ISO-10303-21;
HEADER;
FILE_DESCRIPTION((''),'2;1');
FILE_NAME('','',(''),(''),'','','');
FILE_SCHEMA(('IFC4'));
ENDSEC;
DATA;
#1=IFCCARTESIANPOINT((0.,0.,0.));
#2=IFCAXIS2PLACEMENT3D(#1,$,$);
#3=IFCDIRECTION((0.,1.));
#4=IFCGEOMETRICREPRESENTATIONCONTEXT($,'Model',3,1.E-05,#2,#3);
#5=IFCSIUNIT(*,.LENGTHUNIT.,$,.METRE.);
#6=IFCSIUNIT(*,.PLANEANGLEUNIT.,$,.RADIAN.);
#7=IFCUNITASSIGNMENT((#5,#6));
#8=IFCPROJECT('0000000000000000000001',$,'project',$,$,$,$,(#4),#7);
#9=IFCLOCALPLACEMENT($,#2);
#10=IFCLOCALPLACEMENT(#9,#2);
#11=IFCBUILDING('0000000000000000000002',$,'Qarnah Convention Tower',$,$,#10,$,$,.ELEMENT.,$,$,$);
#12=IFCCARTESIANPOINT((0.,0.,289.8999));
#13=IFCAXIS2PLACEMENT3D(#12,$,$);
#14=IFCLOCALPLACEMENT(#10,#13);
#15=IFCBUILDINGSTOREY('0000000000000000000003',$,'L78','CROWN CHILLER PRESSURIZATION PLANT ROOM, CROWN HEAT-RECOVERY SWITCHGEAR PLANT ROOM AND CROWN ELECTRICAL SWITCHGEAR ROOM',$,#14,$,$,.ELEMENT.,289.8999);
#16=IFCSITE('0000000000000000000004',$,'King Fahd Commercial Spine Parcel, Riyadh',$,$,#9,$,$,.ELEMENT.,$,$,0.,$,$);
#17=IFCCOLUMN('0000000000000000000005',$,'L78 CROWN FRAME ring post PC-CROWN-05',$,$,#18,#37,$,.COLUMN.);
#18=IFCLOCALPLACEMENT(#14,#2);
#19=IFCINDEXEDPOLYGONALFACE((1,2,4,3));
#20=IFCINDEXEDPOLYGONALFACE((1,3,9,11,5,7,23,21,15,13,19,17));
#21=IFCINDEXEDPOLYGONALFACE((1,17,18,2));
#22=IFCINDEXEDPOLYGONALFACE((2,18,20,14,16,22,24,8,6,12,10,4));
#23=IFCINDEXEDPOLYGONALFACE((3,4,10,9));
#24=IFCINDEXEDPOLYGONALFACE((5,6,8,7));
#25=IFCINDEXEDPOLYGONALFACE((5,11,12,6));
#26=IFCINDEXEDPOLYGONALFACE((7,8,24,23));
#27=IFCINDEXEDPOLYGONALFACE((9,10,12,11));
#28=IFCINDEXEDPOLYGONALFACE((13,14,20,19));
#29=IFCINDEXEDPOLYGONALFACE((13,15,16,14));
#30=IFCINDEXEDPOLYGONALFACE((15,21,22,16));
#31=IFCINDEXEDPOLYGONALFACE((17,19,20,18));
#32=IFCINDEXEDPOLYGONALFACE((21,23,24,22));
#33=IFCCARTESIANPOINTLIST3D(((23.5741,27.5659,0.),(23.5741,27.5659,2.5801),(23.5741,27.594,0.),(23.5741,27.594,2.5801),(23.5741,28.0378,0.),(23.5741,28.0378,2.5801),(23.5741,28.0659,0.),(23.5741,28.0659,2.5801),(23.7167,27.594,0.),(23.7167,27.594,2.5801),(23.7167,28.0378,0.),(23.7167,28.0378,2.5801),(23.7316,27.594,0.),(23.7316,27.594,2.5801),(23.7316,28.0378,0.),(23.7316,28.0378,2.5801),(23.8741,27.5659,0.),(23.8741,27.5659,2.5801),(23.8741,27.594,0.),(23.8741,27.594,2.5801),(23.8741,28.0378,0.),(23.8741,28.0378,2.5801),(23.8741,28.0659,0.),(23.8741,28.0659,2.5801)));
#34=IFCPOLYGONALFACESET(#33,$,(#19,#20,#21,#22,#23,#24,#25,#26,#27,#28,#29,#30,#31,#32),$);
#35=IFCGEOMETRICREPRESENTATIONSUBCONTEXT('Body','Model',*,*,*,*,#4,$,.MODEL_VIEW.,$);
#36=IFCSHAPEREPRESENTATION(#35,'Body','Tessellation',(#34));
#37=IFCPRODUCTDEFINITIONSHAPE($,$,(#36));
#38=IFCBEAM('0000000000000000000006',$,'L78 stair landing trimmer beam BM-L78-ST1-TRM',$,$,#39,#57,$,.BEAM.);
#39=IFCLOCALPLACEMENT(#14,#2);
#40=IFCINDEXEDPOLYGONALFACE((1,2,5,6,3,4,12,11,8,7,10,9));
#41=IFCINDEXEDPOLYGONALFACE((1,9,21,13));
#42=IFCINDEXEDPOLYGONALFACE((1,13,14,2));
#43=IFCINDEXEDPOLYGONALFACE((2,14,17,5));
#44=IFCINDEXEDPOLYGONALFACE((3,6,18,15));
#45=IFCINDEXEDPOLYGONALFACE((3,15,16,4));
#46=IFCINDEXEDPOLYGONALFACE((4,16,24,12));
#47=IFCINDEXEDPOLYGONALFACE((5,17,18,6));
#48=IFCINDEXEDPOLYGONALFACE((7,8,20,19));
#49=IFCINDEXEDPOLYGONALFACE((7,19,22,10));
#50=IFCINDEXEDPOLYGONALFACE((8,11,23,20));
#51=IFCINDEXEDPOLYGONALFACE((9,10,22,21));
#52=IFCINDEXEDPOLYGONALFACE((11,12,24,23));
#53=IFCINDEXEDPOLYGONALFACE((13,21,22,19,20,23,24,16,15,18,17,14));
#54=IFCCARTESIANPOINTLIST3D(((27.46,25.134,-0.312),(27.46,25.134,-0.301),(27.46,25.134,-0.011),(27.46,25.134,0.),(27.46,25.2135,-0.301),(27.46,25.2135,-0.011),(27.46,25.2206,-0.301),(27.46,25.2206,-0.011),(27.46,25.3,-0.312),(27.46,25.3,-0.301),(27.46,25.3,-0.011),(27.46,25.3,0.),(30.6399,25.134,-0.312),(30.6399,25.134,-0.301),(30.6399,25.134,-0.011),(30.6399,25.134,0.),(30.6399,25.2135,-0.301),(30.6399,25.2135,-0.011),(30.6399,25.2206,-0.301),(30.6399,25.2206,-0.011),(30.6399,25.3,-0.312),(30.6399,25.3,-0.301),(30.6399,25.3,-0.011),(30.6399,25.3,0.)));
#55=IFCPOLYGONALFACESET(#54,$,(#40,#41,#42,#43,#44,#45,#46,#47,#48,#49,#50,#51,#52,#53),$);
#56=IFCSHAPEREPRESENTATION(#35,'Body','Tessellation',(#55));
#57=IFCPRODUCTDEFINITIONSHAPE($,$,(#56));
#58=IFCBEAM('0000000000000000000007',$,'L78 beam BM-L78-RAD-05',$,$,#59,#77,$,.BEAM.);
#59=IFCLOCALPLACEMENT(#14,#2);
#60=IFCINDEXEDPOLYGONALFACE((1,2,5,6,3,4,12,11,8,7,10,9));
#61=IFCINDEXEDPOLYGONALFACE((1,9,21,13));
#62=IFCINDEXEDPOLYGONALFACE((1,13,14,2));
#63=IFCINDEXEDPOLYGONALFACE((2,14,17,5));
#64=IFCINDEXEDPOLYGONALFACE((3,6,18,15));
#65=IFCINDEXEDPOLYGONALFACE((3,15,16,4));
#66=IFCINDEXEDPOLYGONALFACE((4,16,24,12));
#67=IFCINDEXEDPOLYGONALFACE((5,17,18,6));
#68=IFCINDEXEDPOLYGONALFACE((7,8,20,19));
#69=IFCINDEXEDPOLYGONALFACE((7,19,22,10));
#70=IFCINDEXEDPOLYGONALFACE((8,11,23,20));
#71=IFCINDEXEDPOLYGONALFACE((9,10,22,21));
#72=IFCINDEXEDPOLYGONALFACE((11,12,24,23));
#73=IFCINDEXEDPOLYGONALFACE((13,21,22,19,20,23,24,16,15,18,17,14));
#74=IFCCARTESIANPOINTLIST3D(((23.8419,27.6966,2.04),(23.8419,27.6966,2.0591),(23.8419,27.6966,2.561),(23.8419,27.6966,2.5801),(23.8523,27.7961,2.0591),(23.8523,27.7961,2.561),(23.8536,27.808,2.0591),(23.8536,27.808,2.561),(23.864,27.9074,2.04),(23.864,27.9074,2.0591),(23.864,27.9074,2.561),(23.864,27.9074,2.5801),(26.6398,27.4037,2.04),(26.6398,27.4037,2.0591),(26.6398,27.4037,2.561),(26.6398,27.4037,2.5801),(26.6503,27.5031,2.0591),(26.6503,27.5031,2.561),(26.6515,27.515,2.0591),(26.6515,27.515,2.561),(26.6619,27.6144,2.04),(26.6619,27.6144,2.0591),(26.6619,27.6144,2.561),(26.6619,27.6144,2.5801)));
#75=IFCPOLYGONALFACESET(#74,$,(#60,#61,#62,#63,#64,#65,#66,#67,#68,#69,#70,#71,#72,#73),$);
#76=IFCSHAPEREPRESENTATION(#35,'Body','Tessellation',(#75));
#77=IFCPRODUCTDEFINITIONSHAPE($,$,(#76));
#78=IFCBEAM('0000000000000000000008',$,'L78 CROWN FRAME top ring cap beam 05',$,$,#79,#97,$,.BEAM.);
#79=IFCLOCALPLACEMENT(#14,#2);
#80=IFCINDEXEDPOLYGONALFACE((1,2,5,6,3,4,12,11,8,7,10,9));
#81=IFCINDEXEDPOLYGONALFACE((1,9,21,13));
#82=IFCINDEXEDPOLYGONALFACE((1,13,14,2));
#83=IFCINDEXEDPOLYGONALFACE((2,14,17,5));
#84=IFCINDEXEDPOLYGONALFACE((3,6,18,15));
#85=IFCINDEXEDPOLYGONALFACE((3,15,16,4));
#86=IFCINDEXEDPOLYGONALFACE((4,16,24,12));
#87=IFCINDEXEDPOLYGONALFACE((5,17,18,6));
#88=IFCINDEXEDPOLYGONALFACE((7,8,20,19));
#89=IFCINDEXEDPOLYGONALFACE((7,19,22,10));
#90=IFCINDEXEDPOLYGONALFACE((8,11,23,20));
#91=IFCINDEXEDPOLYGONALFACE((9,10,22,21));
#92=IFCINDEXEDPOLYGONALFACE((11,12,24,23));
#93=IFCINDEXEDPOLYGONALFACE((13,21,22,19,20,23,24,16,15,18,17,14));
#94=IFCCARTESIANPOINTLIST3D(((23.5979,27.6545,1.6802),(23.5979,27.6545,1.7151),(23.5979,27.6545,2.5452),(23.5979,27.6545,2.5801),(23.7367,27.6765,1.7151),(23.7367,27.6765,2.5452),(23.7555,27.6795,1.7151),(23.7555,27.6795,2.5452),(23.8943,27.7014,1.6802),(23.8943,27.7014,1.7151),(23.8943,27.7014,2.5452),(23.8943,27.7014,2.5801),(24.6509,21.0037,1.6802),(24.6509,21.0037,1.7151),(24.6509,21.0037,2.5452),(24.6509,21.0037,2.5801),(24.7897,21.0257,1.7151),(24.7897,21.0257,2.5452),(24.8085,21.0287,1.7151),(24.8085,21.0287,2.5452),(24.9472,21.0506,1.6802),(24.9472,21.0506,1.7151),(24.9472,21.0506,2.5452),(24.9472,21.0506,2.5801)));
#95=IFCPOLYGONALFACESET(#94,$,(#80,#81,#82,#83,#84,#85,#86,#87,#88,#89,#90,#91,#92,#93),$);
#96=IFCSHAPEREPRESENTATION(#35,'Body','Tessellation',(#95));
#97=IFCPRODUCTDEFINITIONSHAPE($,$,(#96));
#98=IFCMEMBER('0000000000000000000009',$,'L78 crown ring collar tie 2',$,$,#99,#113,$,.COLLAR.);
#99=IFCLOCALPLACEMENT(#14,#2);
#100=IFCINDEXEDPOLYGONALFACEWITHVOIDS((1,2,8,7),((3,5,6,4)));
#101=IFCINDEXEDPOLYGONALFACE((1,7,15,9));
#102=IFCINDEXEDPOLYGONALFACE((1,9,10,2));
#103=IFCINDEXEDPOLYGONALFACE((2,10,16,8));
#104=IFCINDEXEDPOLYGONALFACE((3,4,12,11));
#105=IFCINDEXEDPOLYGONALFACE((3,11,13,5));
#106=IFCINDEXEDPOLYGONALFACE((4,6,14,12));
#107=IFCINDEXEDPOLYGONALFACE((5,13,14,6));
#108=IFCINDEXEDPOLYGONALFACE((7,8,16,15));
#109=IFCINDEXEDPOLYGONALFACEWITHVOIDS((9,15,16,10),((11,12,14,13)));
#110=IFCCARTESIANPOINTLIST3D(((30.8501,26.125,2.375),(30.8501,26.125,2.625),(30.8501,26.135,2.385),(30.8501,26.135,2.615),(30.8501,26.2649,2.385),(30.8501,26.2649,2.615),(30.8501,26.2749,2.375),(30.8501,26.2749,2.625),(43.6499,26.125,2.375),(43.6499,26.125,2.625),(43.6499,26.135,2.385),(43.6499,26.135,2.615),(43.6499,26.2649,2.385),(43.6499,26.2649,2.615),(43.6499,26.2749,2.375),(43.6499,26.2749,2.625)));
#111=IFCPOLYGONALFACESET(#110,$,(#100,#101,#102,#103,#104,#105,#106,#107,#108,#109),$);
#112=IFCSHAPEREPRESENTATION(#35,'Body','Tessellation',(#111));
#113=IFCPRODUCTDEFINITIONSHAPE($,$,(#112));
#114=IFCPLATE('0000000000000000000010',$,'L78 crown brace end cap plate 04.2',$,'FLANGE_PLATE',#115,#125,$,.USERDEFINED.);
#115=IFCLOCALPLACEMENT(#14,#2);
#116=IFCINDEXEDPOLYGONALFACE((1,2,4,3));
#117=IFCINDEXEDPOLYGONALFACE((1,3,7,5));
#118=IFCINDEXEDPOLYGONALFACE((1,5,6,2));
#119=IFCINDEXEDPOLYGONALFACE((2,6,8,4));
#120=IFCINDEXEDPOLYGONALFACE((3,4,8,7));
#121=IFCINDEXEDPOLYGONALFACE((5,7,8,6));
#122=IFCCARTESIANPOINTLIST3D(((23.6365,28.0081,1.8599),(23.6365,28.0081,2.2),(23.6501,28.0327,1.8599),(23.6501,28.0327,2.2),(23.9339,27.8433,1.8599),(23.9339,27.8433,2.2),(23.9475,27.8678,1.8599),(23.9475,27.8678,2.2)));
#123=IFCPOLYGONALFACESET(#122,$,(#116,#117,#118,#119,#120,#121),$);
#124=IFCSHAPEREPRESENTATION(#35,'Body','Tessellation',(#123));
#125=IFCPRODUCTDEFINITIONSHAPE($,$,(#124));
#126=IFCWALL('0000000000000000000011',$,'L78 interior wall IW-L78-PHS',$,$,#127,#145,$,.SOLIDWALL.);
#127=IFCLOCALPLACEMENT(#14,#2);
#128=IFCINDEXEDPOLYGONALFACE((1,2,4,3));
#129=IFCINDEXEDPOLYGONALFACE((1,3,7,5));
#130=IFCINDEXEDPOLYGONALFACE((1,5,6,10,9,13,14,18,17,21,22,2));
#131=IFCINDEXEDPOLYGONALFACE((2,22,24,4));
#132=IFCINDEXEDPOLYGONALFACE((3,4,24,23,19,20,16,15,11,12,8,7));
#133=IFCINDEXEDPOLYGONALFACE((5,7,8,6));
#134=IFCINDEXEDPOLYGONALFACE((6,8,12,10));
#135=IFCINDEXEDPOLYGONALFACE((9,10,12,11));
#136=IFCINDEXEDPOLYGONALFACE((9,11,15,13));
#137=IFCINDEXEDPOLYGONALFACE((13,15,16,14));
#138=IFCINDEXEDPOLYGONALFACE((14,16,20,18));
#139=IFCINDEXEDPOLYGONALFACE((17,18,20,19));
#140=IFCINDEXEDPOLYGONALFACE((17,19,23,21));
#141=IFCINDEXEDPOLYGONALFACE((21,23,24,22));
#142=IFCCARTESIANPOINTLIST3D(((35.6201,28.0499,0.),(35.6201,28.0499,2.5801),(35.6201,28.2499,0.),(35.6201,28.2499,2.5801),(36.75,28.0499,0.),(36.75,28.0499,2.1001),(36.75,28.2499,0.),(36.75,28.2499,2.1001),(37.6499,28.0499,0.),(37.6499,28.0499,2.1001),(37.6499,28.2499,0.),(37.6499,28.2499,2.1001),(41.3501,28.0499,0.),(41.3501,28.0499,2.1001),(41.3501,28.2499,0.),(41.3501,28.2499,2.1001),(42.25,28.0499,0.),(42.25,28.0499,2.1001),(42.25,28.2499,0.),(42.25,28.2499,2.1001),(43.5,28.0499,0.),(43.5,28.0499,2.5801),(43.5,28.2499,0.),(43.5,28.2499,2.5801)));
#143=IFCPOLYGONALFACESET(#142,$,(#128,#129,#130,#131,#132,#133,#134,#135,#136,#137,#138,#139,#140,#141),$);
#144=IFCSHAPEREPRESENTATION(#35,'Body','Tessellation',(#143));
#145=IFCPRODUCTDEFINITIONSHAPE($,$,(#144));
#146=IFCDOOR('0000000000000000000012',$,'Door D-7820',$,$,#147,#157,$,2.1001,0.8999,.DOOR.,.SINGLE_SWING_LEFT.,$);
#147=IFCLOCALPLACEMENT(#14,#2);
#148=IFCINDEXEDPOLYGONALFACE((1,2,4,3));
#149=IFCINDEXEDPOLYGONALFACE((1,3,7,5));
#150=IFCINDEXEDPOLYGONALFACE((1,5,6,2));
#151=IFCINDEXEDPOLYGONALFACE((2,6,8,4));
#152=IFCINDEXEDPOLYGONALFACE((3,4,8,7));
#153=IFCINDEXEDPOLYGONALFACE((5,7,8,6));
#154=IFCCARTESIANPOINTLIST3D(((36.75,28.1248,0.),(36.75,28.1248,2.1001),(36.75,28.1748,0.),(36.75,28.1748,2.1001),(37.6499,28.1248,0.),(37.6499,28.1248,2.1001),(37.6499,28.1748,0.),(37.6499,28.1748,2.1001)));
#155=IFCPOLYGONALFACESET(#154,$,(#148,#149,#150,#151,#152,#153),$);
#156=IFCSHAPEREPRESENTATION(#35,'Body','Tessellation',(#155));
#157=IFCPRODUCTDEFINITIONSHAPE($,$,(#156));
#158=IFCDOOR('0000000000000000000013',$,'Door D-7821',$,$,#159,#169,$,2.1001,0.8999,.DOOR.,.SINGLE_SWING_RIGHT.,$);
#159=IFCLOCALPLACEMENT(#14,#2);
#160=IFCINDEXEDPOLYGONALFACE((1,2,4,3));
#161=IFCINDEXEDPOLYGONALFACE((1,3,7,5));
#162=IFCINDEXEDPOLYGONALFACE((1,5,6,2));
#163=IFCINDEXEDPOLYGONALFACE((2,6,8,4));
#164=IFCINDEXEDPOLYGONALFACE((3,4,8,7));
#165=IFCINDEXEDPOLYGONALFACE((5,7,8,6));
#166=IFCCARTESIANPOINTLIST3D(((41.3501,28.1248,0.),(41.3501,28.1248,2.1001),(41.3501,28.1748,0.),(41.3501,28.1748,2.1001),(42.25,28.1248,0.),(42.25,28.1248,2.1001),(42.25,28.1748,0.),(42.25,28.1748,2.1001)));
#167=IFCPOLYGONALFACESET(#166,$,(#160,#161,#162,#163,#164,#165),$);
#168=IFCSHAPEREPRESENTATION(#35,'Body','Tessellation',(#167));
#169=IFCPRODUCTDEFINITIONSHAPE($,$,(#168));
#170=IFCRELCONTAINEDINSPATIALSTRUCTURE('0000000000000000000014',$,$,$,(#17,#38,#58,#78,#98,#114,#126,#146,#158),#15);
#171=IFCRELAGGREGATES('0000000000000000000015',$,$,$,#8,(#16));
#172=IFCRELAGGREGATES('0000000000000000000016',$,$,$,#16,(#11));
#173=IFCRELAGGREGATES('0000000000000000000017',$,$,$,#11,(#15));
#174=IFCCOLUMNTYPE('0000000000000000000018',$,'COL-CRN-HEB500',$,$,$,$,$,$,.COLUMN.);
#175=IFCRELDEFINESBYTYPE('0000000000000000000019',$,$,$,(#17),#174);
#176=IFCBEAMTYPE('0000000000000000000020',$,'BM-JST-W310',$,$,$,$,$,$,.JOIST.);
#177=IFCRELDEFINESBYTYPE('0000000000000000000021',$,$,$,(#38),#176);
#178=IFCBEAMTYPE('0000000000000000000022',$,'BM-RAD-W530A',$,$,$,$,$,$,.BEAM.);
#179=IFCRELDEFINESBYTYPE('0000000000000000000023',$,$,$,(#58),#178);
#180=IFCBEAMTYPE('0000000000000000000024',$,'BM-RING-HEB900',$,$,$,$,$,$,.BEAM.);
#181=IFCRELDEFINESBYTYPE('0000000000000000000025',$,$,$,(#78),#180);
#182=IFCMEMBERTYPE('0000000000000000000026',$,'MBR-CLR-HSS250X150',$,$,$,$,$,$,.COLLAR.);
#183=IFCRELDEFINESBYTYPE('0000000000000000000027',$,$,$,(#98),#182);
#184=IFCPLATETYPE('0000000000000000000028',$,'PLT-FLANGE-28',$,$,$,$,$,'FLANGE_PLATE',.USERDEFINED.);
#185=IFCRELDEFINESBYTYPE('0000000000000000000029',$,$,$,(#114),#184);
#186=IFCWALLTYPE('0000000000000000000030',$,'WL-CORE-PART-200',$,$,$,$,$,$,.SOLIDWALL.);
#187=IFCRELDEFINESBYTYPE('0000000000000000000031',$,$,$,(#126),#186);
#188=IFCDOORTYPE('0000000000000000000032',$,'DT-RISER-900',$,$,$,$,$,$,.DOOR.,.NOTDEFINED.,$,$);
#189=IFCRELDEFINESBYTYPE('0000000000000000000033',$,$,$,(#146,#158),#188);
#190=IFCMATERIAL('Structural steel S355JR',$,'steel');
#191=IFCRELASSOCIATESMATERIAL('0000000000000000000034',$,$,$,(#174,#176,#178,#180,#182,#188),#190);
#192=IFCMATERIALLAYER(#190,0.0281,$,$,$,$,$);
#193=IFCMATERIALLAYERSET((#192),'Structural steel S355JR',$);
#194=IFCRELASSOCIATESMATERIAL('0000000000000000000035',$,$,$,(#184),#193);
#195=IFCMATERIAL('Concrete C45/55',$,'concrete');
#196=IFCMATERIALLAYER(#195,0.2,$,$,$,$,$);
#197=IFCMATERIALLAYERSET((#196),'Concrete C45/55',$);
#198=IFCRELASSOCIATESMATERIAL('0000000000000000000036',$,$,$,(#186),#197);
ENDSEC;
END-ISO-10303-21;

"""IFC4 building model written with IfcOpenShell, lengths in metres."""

from ifc_helpers import new_model, si_unit, direction, frame, frame_2d, origin, origin_2d, place, context, subcontext, project, spatial, rectangle, hollow_rectangle, i_section, extrude, material, layer, layer_set, material_profile, profile_set, type_object, element, fill, save


model = new_model("IFC4")

# Units and contexts
model_context = context("Model", 3, precision=1e-05, world=origin(), true_north=direction((0.0, 1.0)))
body_context = subcontext(model_context, "Body", "Model", "MODEL_VIEW")
ifc_project = project(units=[si_unit("LENGTHUNIT", "METRE"), si_unit("PLANEANGLEUNIT", "RADIAN")], contexts=[model_context])

# Site, building, storey
site_placement = place(None, origin())
site = spatial("IfcSite", under=ifc_project, at=site_placement, Name="King Fahd Commercial Spine Parcel, Riyadh", CompositionType="ELEMENT", RefElevation=0.0)
building_placement = place(site_placement, origin())
building = spatial("IfcBuilding", under=site, at=building_placement, Name="Qarnah Convention Tower", CompositionType="ELEMENT")
storey_placement = place(building_placement, frame((0.0, 0.0, 289.8999)))
storey = spatial("IfcBuildingStorey", under=building, at=storey_placement, Name="L78", Description="CROWN CHILLER PRESSURIZATION PLANT ROOM, CROWN HEAT-RECOVERY SWITCHGEAR PLANT ROOM AND CROWN ELECTRICAL SWITCHGEAR ROOM", CompositionType="ELEMENT", Elevation=289.8999)

# Column
ifc_material_1 = material(Name="Structural steel S355JR", Category="steel")
ifc_material_profile_1 = material_profile(ifc_material_1, i_section(OverallWidth=0.3, OverallDepth=0.5, WebThickness=0.0149, FlangeThickness=0.0281, at=origin_2d()), Name="HEB500")
ifc_profile_set_1 = profile_set([ifc_material_profile_1], Name="Structural steel S355JR")
column_type = type_object("IfcColumnType", Name="COL-CRN-HEB500", PredefinedType="COLUMN", material=ifc_profile_set_1)
column_placement = place(storey_placement, frame((23.7241, 27.8159, 0.0), z_axis=(0.0, 0.0, 1.0), x_axis=(1.0, 0.0, 0.0)))
element("IfcColumn", 1, at=column_placement, inside=storey, type_object=column_type, Name="L78 CROWN FRAME ring post PC-CROWN-05", PredefinedType="COLUMN", context=body_context, shape_type="SweptSolid", body=[
    extrude(i_section(OverallWidth=0.3, OverallDepth=0.5, WebThickness=0.0149, FlangeThickness=0.0281, at=origin_2d()), origin(), (0.0, 0.0, 1.0), 2.5801),
])

# Beams
ifc_material_profile_2 = material_profile(ifc_material_1, i_section(OverallWidth=0.166, OverallDepth=0.312, WebThickness=0.0071, FlangeThickness=0.011, at=origin_2d()), Name="W310X45")
ifc_profile_set_2 = profile_set([ifc_material_profile_2], Name="Structural steel S355JR")
beam_type_1 = type_object("IfcBeamType", Name="BM-JST-W310", PredefinedType="JOIST", material=ifc_profile_set_2)
beam_1_placement = place(storey_placement, frame((27.46, 25.217, -0.156), z_axis=(1.0, 0.0, 0.0), x_axis=(0.0, 1.0, 0.0)))
element("IfcBeam", 2, at=beam_1_placement, inside=storey, type_object=beam_type_1, Name="L78 stair landing trimmer beam BM-L78-ST1-TRM", PredefinedType="BEAM", context=body_context, shape_type="SweptSolid", body=[
    extrude(i_section(OverallWidth=0.166, OverallDepth=0.312, WebThickness=0.0071, FlangeThickness=0.011, at=origin_2d()), origin(), (0.0, 0.0, 1.0), 3.1799),
])
ifc_material_profile_3 = material_profile(ifc_material_1, i_section(OverallWidth=0.2119, OverallDepth=0.54, WebThickness=0.012, FlangeThickness=0.019, at=origin_2d()), Name="W530X109")
ifc_profile_set_3 = profile_set([ifc_material_profile_3], Name="Structural steel S355JR")
beam_type_2 = type_object("IfcBeamType", Name="BM-RAD-W530A", PredefinedType="BEAM", material=ifc_profile_set_3)
beam_2_placement = place(storey_placement, frame((26.6509, 27.509, 2.3101), z_axis=(-0.994562, 0.104143, 0.0), x_axis=(-0.104143, -0.994562, 0.0)))
element("IfcBeam", 3, at=beam_2_placement, inside=storey, type_object=beam_type_2, Name="L78 beam BM-L78-RAD-05", PredefinedType="BEAM", context=body_context, shape_type="SweptSolid", body=[
    extrude(i_section(OverallWidth=0.2119, OverallDepth=0.54, WebThickness=0.012, FlangeThickness=0.019, at=origin_2d()), origin(), (0.0, 0.0, 1.0), 2.8132),
])
ifc_material_profile_4 = material_profile(ifc_material_1, i_section(OverallWidth=0.3, OverallDepth=0.8999, WebThickness=0.019, FlangeThickness=0.0349, at=origin_2d()), Name="HEB900")
ifc_profile_set_4 = profile_set([ifc_material_profile_4], Name="Structural steel S355JR")
beam_type_3 = type_object("IfcBeamType", Name="BM-RING-HEB900", PredefinedType="BEAM", material=ifc_profile_set_4)
beam_3_placement = place(storey_placement, frame((23.7461, 27.678, 2.1301), z_axis=(0.156374, -0.987698, 0.0), x_axis=(0.987698, 0.156374, 0.0)))
element("IfcBeam", 4, at=beam_3_placement, inside=storey, type_object=beam_type_3, Name="L78 CROWN FRAME top ring cap beam 05", PredefinedType="BEAM", context=body_context, shape_type="SweptSolid", body=[
    extrude(i_section(OverallWidth=0.3, OverallDepth=0.8999, WebThickness=0.019, FlangeThickness=0.0349, at=origin_2d()), origin(), (0.0, 0.0, 1.0), 6.7336),
])

# Member
ifc_material_profile_5 = material_profile(ifc_material_1, hollow_rectangle(XDim=0.1499, YDim=0.25, WallThickness=0.01, at=origin_2d()), Name="HSS250X150X10")
ifc_profile_set_5 = profile_set([ifc_material_profile_5], Name="Structural steel S355JR")
member_type = type_object("IfcMemberType", Name="MBR-CLR-HSS250X150", PredefinedType="COLLAR", material=ifc_profile_set_5)
member_placement = place(storey_placement, frame((30.8501, 26.2, 2.5), z_axis=(1.0, 0.0, 0.0), x_axis=(0.0, 1.0, 0.0)))
element("IfcMember", 5, at=member_placement, inside=storey, type_object=member_type, Name="L78 crown ring collar tie 2", PredefinedType="COLLAR", context=body_context, shape_type="SweptSolid", body=[
    extrude(hollow_rectangle(XDim=0.1499, YDim=0.25, WallThickness=0.01, at=origin_2d()), origin(), (0.0, 0.0, 1.0), 12.7998),
])

# Plate
ifc_layer_1 = layer(ifc_material_1, 0.0281)
ifc_layer_set_1 = layer_set([ifc_layer_1], Name="Structural steel S355JR")
plate_type = type_object("IfcPlateType", Name="PLT-FLANGE-28", ElementType="FLANGE_PLATE", PredefinedType="USERDEFINED", material=ifc_layer_set_1)
plate_placement = place(storey_placement, frame((23.792, 27.938, 1.8599), z_axis=(0.0, 0.0, 1.0), x_axis=(-0.484753, -0.874651, 0.0)))
element("IfcPlate", 6, at=plate_placement, inside=storey, type_object=plate_type, Name="L78 crown brace end cap plate 04.2", ObjectType="FLANGE_PLATE", PredefinedType="USERDEFINED", context=body_context, shape_type="SweptSolid", body=[
    extrude(rectangle(XDim=0.0281, YDim=0.3401, at=origin_2d()), origin(), (0.0, 0.0, 1.0), 0.3401),
])

# Wall, openings, doors
ifc_material_2 = material(Name="Concrete C45/55", Category="concrete")
ifc_layer_2 = layer(ifc_material_2, 0.2)
ifc_layer_set_2 = layer_set([ifc_layer_2], Name="Concrete C45/55")
wall_type_1 = type_object("IfcWallType", Name="WL-CORE-PART-200", PredefinedType="SOLIDWALL", material=ifc_layer_set_2)
door_type_1 = type_object("IfcDoorType", Name="DT-RISER-900", OperationType="NOTDEFINED", PredefinedType="DOOR", material=ifc_material_1)
wall_1_placement = place(storey_placement, frame((35.6201, 28.1499, 0.0), z_axis=(0.0, 0.0, 1.0), x_axis=(1.0, 0.0, 0.0)))
wall_1 = element("IfcWall", 7, at=wall_1_placement, inside=storey, type_object=wall_type_1, Name="L78 interior wall IW-L78-PHS", PredefinedType="SOLIDWALL", context=body_context, shape_type="SweptSolid", body=[
    extrude(rectangle(XDim=7.8799, YDim=0.2, at=frame_2d((3.9399, 0.0))), origin(), (0.0, 0.0, 1.0), 2.5801),
])
opening_1_placement = place(wall_1_placement, frame((1.1299, 0.0, 0.0)))
opening_1 = element("IfcOpeningElement", 8, at=opening_1_placement, cuts=wall_1, PredefinedType="OPENING", context=body_context, shape_type="SweptSolid", body=[
    extrude(rectangle(XDim=0.8999, YDim=2.1001, at=frame_2d((0.45, 1.05))), frame((0.0, 0.1099, 0.0), z_axis=(0.0, -1.0, 0.0), x_axis=(1.0, 0.0, 0.0)), (0.0, 0.0, 1.0), 0.22),
])
opening_2_placement = place(wall_1_placement, frame((5.73, 0.0, 0.0)))
opening_2 = element("IfcOpeningElement", 9, at=opening_2_placement, cuts=wall_1, PredefinedType="OPENING", context=body_context, shape_type="SweptSolid", body=[
    extrude(rectangle(XDim=0.8999, YDim=2.1001, at=frame_2d((0.45, 1.05))), frame((0.0, 0.1099, 0.0), z_axis=(0.0, -1.0, 0.0), x_axis=(1.0, 0.0, 0.0)), (0.0, 0.0, 1.0), 0.22),
])
door_1_placement = place(opening_1_placement, origin())
door_1 = element("IfcDoor", 10, at=door_1_placement, inside=storey, type_object=door_type_1, Name="Door D-7820", OperationType="SINGLE_SWING_LEFT", OverallHeight=2.1001, OverallWidth=0.8999, PredefinedType="DOOR", context=body_context, shape_type="SweptSolid", body=[
    extrude(rectangle(XDim=0.8999, YDim=2.1001, at=frame_2d((0.45, 1.05))), frame((0.0, 0.0249, 0.0), z_axis=(0.0, -1.0, 0.0), x_axis=(1.0, 0.0, 0.0)), (0.0, 0.0, 1.0), 0.05),
])
fill(opening_1, door_1)
door_2_placement = place(opening_2_placement, origin())
door_2 = element("IfcDoor", 11, at=door_2_placement, inside=storey, type_object=door_type_1, Name="Door D-7821", OperationType="SINGLE_SWING_RIGHT", OverallHeight=2.1001, OverallWidth=0.8999, PredefinedType="DOOR", context=body_context, shape_type="SweptSolid", body=[
    extrude(rectangle(XDim=0.8999, YDim=2.1001, at=frame_2d((0.45, 1.05))), frame((0.0, 0.0249, 0.0), z_axis=(0.0, -1.0, 0.0), x_axis=(1.0, 0.0, 0.0)), (0.0, 0.0, 1.0), 0.05),
])
fill(opening_2, door_2)

save(model, "model.ifc")
